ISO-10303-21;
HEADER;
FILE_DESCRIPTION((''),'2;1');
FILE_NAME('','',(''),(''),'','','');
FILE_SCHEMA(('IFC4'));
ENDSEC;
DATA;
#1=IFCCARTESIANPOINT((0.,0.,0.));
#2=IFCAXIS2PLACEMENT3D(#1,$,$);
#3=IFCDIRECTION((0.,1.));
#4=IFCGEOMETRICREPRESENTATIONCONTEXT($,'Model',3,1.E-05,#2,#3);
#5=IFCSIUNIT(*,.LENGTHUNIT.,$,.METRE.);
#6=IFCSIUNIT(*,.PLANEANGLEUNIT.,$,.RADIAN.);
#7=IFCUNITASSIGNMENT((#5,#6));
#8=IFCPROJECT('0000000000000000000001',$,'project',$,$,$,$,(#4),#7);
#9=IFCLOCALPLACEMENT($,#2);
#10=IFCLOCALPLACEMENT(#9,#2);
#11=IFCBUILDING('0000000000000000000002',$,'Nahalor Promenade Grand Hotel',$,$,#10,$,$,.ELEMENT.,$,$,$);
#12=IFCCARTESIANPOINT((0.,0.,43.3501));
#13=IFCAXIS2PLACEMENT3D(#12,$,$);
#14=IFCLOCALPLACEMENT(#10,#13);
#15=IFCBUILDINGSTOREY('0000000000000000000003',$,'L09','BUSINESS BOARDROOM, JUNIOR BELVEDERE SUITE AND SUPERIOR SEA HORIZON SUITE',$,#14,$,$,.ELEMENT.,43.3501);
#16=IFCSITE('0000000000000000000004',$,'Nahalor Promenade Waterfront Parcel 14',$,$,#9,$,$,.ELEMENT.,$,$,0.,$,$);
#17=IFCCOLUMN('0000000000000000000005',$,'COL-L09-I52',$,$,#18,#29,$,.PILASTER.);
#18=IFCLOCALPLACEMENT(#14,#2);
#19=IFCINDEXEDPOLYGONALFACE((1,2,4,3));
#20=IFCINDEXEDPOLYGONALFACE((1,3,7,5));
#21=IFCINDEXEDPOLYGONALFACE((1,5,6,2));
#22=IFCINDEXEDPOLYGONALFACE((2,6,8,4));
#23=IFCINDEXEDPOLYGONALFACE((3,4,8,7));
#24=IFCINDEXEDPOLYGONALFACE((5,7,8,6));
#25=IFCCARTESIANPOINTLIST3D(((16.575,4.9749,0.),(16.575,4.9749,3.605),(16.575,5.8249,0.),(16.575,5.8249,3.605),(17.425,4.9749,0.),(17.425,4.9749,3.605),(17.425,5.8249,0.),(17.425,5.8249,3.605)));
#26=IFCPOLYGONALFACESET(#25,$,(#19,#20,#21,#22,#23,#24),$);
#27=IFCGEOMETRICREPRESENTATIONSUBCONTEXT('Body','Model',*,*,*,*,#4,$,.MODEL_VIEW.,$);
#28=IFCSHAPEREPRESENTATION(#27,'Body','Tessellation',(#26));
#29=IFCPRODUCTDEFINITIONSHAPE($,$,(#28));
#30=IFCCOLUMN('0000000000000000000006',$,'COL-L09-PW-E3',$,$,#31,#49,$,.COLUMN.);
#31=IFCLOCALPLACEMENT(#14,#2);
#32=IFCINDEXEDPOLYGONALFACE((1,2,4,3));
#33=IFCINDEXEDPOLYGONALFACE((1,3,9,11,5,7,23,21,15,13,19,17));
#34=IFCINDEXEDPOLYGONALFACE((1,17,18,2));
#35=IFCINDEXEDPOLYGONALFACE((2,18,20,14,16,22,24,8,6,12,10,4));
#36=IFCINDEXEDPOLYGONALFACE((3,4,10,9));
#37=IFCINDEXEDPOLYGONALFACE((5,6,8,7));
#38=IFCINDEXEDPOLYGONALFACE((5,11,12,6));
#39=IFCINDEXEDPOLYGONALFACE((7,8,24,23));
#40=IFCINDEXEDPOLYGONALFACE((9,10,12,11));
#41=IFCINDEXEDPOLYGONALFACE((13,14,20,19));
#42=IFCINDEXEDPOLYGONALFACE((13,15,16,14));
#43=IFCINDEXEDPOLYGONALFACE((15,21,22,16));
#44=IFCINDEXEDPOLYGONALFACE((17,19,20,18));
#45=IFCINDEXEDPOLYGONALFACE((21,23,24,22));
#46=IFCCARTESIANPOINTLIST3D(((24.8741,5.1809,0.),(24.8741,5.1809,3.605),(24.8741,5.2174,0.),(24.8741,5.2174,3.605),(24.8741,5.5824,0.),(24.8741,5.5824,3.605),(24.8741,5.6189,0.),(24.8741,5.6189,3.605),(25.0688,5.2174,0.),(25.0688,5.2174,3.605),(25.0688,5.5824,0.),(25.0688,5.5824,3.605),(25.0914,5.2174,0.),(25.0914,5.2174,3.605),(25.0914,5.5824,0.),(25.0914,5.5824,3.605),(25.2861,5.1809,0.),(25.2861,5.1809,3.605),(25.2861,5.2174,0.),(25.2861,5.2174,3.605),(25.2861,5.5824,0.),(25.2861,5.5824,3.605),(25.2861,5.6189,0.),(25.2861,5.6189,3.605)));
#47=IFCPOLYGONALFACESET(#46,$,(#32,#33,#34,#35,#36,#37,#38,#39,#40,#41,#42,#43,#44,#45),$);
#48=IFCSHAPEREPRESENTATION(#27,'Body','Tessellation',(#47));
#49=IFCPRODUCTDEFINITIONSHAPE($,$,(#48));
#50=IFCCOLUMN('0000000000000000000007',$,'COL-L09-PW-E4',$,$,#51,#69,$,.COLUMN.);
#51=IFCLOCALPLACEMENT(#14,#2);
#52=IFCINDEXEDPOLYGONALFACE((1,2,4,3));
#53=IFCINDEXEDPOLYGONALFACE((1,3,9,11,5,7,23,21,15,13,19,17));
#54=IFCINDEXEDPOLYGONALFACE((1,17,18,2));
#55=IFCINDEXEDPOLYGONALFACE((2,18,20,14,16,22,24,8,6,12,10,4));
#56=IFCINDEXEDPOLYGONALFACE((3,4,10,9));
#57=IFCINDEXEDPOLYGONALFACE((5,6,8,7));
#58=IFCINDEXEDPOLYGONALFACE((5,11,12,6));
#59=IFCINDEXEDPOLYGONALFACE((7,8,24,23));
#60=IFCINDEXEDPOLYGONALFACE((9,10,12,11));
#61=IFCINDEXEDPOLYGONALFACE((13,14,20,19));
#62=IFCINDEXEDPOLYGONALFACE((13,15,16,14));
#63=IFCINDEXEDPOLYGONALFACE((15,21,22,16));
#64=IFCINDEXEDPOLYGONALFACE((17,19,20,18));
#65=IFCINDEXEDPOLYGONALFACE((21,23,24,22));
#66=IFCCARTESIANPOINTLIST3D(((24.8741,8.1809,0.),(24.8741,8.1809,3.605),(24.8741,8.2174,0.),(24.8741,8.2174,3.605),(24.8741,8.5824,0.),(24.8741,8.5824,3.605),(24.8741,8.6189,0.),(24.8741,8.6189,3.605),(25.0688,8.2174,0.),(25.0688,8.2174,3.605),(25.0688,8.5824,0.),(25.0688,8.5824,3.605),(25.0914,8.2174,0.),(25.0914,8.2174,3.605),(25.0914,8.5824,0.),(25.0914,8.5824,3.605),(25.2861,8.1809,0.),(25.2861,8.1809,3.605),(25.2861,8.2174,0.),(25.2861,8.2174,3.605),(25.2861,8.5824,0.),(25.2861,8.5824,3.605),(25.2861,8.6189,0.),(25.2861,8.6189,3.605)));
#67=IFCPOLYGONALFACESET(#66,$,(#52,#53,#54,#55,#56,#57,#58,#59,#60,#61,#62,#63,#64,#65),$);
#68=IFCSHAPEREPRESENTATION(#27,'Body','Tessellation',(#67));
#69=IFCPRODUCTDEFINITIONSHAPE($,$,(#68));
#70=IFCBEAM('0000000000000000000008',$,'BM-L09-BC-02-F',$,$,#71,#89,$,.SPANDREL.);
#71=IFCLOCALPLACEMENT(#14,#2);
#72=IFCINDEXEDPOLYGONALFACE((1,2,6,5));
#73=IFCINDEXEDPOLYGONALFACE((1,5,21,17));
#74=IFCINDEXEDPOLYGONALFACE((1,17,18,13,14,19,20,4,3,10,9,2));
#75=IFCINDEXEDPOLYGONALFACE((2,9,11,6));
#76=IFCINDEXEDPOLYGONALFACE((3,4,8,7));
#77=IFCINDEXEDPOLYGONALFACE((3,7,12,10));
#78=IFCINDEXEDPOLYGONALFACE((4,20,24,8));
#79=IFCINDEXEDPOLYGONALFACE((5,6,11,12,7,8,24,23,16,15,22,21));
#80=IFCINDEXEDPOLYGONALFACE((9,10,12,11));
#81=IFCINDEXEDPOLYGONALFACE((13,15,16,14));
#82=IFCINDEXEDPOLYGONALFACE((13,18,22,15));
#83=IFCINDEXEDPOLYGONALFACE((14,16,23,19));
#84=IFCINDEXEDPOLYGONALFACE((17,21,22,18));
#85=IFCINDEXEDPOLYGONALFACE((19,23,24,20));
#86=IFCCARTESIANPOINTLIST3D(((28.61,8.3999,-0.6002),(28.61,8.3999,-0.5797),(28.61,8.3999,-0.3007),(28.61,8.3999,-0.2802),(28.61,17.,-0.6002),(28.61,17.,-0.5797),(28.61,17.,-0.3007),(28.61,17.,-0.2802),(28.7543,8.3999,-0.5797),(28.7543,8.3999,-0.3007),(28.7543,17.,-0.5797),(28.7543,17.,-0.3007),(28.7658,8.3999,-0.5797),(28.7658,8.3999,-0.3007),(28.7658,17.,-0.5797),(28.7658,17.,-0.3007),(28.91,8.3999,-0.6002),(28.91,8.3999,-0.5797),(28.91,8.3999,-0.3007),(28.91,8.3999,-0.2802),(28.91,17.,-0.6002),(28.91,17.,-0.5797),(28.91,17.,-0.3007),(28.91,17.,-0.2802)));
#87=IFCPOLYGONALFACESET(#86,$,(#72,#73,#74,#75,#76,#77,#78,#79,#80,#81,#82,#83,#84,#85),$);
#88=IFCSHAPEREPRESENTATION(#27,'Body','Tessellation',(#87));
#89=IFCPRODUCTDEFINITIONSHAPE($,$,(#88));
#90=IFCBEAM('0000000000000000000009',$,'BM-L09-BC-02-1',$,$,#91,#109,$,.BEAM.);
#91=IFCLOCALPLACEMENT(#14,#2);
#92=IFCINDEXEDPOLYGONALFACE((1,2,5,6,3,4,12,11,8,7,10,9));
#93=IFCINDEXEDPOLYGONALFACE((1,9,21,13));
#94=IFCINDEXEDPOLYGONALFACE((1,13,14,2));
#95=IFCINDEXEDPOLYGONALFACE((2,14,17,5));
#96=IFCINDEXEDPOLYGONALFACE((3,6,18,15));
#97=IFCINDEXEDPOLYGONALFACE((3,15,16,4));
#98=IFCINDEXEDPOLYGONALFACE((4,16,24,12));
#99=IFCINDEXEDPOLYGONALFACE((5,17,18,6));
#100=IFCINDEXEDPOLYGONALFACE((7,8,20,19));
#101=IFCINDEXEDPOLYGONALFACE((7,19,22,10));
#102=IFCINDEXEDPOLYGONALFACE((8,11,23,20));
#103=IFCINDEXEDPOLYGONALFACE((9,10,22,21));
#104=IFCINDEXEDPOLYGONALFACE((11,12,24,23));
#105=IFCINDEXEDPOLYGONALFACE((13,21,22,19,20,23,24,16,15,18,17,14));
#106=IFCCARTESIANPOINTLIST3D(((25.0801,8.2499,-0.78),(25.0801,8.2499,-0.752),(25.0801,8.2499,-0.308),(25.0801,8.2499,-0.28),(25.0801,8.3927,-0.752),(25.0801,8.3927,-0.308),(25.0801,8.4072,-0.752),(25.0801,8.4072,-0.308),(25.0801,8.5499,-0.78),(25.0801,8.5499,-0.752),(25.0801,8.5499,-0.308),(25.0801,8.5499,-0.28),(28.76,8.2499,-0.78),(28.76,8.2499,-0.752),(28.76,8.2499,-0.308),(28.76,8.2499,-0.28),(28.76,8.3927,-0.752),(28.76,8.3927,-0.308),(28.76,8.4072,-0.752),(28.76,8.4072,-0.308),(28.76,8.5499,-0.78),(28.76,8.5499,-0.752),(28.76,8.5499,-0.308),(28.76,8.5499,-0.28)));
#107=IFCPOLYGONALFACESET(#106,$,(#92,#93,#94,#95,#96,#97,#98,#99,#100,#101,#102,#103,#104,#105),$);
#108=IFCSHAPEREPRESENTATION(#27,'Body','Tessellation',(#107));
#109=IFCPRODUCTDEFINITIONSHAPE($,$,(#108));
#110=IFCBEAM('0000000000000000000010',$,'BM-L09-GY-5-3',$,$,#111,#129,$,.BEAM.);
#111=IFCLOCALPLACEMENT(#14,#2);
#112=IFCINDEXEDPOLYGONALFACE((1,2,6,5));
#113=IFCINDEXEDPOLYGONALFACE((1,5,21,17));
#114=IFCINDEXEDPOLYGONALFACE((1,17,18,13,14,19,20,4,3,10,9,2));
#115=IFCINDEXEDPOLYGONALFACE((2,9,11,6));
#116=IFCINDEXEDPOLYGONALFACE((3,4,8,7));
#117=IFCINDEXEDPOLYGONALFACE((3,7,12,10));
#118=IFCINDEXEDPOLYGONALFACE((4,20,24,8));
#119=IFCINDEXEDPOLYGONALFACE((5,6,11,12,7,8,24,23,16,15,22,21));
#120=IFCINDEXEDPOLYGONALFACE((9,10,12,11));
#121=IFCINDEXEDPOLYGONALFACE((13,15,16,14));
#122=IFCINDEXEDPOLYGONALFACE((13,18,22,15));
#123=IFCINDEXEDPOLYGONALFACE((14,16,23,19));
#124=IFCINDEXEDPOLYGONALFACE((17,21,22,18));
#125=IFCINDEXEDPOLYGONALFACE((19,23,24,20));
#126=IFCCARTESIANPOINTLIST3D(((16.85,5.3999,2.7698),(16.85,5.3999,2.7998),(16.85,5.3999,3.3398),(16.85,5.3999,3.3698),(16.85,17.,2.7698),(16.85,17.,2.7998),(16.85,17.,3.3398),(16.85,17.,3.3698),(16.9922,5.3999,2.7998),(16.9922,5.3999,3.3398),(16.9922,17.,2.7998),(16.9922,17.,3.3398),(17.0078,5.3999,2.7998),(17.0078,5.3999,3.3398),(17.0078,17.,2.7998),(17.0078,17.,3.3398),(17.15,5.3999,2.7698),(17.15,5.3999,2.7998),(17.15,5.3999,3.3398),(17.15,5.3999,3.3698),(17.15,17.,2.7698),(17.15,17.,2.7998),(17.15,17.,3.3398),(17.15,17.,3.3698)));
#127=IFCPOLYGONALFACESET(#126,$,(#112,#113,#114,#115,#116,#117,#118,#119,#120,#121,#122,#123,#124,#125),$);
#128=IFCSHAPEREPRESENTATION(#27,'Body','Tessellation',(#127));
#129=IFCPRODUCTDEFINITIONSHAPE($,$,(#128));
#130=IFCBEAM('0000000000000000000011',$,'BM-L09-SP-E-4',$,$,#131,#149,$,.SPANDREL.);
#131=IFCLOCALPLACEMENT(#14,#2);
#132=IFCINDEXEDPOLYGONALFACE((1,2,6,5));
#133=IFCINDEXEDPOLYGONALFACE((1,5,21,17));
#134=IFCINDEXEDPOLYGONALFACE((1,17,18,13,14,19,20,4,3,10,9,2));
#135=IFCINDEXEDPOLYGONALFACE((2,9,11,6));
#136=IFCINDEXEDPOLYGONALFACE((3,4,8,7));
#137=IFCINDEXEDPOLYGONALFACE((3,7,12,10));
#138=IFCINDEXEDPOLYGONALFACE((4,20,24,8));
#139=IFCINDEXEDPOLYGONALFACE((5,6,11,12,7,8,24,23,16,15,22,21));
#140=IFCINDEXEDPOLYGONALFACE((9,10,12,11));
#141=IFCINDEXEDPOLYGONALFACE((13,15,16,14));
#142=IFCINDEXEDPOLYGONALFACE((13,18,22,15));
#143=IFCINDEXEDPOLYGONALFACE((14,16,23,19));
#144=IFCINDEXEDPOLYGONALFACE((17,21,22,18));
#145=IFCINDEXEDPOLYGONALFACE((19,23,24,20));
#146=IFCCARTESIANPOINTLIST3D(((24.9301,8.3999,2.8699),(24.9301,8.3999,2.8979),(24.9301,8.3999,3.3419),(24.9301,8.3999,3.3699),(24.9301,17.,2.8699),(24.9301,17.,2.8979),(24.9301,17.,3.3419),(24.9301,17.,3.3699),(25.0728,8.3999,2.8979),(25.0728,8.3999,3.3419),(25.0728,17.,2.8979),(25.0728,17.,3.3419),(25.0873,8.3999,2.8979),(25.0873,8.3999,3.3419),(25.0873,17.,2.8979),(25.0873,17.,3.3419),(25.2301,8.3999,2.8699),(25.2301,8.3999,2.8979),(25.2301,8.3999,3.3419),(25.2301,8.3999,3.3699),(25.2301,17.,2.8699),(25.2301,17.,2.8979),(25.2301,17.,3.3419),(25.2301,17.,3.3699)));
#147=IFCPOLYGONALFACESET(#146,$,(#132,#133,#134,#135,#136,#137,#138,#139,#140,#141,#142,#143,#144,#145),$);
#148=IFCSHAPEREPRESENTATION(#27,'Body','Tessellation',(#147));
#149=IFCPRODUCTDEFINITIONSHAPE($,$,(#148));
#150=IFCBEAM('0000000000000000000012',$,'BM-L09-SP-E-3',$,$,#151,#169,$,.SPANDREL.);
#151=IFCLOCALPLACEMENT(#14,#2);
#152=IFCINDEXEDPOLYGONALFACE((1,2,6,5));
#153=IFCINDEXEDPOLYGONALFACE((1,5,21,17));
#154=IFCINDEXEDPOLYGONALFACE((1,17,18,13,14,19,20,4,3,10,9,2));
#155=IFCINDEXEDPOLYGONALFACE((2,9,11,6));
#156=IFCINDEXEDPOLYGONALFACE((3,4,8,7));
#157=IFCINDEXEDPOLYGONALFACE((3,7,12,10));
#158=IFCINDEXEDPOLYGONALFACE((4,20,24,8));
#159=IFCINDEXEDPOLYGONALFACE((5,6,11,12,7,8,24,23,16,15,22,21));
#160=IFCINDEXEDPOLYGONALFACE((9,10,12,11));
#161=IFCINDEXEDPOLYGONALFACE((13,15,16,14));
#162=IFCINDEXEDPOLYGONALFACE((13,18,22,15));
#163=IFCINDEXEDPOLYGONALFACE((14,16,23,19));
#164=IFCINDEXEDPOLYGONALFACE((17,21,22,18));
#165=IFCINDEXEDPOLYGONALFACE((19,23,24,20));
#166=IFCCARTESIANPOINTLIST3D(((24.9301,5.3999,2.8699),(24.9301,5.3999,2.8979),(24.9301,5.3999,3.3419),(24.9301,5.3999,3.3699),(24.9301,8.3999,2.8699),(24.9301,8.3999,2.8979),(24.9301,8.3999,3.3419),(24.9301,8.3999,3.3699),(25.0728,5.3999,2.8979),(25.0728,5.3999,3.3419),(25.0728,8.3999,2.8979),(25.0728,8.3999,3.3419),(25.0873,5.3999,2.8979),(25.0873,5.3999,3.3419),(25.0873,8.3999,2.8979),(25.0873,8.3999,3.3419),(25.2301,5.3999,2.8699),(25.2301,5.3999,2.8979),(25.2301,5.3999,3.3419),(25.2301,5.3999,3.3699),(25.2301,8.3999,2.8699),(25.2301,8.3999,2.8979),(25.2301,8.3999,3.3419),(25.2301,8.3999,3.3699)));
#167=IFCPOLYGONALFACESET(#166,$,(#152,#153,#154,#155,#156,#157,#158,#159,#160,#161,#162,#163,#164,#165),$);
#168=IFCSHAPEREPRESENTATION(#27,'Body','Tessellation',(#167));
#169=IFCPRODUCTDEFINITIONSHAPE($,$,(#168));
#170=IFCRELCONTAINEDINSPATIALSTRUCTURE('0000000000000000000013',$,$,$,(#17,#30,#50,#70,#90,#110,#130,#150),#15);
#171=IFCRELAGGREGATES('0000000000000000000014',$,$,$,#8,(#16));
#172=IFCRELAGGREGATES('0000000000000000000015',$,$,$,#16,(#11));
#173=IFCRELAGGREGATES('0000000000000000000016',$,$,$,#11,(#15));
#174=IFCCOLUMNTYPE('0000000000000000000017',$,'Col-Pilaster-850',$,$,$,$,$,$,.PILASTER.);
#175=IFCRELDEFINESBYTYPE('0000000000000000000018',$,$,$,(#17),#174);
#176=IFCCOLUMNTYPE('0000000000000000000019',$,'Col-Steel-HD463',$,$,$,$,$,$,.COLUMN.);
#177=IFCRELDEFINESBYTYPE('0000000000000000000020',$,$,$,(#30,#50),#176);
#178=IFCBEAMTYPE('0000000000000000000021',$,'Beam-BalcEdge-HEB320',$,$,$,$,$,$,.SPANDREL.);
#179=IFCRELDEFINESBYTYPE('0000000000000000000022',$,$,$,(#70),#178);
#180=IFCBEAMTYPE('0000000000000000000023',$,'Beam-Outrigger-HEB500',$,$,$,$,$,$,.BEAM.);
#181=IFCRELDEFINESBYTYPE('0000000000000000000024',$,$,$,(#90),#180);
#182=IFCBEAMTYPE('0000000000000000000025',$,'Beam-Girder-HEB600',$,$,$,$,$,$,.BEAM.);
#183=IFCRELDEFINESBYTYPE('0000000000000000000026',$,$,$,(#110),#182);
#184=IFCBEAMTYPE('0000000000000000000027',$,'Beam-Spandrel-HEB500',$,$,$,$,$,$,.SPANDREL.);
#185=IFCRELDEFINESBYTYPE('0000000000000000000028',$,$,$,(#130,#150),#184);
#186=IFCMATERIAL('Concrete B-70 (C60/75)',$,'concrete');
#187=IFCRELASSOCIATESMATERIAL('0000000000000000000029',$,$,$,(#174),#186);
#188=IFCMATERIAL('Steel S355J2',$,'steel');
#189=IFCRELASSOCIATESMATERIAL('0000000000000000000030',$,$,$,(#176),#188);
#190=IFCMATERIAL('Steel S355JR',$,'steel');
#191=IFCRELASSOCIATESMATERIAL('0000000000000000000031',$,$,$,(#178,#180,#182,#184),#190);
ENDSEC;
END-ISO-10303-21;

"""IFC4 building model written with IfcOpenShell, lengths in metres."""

from ifc_helpers import new_model, si_unit, direction, frame, origin, origin_2d, place, context, subcontext, project, spatial, rectangle, i_section, extrude, source, transform, mapped, material, material_profile, profile_set, type_object, element, save


model = new_model("IFC4")

# Units and contexts
model_context = context("Model", 3, precision=1e-05, world=origin(), true_north=direction((0.0, 1.0)))
body_context = subcontext(model_context, "Body", "Model", "MODEL_VIEW")
ifc_project = project(units=[si_unit("LENGTHUNIT", "METRE"), si_unit("PLANEANGLEUNIT", "RADIAN")], contexts=[model_context])

# Site, building, storey
site_placement = place(None, origin())
site = spatial("IfcSite", under=ifc_project, at=site_placement, Name="Nahalor Promenade Waterfront Parcel 14", CompositionType="ELEMENT", RefElevation=0.0)
building_placement = place(site_placement, origin())
building = spatial("IfcBuilding", under=site, at=building_placement, Name="Nahalor Promenade Grand Hotel", CompositionType="ELEMENT")
storey_placement = place(building_placement, frame((0.0, 0.0, 43.3501)))
storey = spatial("IfcBuildingStorey", under=building, at=storey_placement, Name="L09", Description="BUSINESS BOARDROOM, JUNIOR BELVEDERE SUITE AND SUPERIOR SEA HORIZON SUITE", CompositionType="ELEMENT", Elevation=43.3501)

# Columns
ifc_material_1 = material(Name="Concrete B-70 (C60/75)", Category="concrete")
ifc_material_profile_1 = material_profile(ifc_material_1, rectangle(XDim=0.85, YDim=0.85, at=origin_2d()), Name="RC 850x850")
ifc_profile_set_1 = profile_set([ifc_material_profile_1], Name="Concrete B-70 (C60/75)")
column_type_1 = type_object("IfcColumnType", Name="Col-Pilaster-850", PredefinedType="PILASTER", material=ifc_profile_set_1)
shared_shape_1 = source(origin(), body_context, "Body", "SweptSolid", [
    extrude(rectangle(XDim=0.85, YDim=0.85, at=origin_2d()), origin(), (0.0, 0.0, 1.0), 3.605),
])
column_placement = place(storey_placement, frame((17.0, 5.3999, 0.0), z_axis=(0.0, 0.0, 1.0), x_axis=(1.0, 0.0, 0.0)))
element("IfcColumn", 1, at=column_placement, inside=storey, type_object=column_type_1, Name="COL-L09-I52", PredefinedType="PILASTER", context=body_context, shape_type="MappedRepresentation", body=[
    mapped(shared_shape_1, transform((0.0, 0.0, 0.0), scale=1.0)),
])
ifc_material_2 = material(Name="Steel S355J2", Category="steel")
ifc_material_profile_2 = material_profile(ifc_material_2, i_section(OverallWidth=0.412, OverallDepth=0.438, WebThickness=0.0226, FlangeThickness=0.0365, at=origin_2d()), Name="HD 400x463")
ifc_profile_set_2 = profile_set([ifc_material_profile_2], Name="Steel S355J2")
column_type_2 = type_object("IfcColumnType", Name="Col-Steel-HD463", PredefinedType="COLUMN", material=ifc_profile_set_2)
shared_shape_2 = source(origin(), body_context, "Body", "SweptSolid", [
    extrude(i_section(OverallWidth=0.412, OverallDepth=0.438, WebThickness=0.0226, FlangeThickness=0.0365, at=origin_2d()), origin(), (0.0, 0.0, 1.0), 3.605),
])
for number, where, z_axis, x_axis, name in (
    (2, (25.0801, 5.3999, 0.0), (0.0, 0.0, 1.0), (1.0, 0.0, 0.0), "COL-L09-PW-E3"),
    (3, (25.0801, 8.3999, 0.0), (0.0, 0.0, 1.0), (1.0, 0.0, 0.0), "COL-L09-PW-E4"),
):
    element("IfcColumn", number, at=place(storey_placement, frame(where, z_axis=z_axis, x_axis=x_axis)), inside=storey, type_object=column_type_2, Name=name, PredefinedType="COLUMN", context=body_context, shape_type="MappedRepresentation", body=[
        mapped(shared_shape_2, transform((0.0, 0.0, 0.0), scale=1.0)),
    ])

# Beams
ifc_material_3 = material(Name="Steel S355JR", Category="steel")
ifc_material_profile_3 = material_profile(ifc_material_3, i_section(OverallWidth=0.3, OverallDepth=0.32, WebThickness=0.0115, FlangeThickness=0.0205, at=origin_2d()), Name="HEB 320")
ifc_profile_set_3 = profile_set([ifc_material_profile_3], Name="Steel S355JR")
beam_type_1 = type_object("IfcBeamType", Name="Beam-BalcEdge-HEB320", PredefinedType="SPANDREL", material=ifc_profile_set_3)
shared_shape_3 = source(origin(), body_context, "Body", "SweptSolid", [
    extrude(i_section(OverallWidth=0.3, OverallDepth=0.32, WebThickness=0.0115, FlangeThickness=0.0205, at=origin_2d()), origin(), (0.0, 0.0, 1.0), 8.6001),
])
beam_1_placement = place(storey_placement, frame((28.76, 8.3999, -0.4402), z_axis=(0.0, 1.0, 0.0), x_axis=(-1.0, 0.0, 0.0)))
element("IfcBeam", 4, at=beam_1_placement, inside=storey, type_object=beam_type_1, Name="BM-L09-BC-02-F", PredefinedType="SPANDREL", context=body_context, shape_type="MappedRepresentation", body=[
    mapped(shared_shape_3, transform((0.0, 0.0, 0.0), scale=1.0)),
])
ifc_material_profile_4 = material_profile(ifc_material_3, i_section(OverallWidth=0.3, OverallDepth=0.5, WebThickness=0.0145, FlangeThickness=0.028, at=origin_2d()), Name="HEB 500")
ifc_profile_set_4 = profile_set([ifc_material_profile_4], Name="Steel S355JR")
beam_type_2 = type_object("IfcBeamType", Name="Beam-Outrigger-HEB500", PredefinedType="BEAM", material=ifc_profile_set_4)
shared_shape_4 = source(origin(), body_context, "Body", "SweptSolid", [
    extrude(i_section(OverallWidth=0.3, OverallDepth=0.5, WebThickness=0.0145, FlangeThickness=0.028, at=origin_2d()), origin(), (0.0, 0.0, 1.0), 3.6799),
])
beam_2_placement = place(storey_placement, frame((25.0801, 8.3999, -0.53), z_axis=(1.0, 0.0, 0.0), x_axis=(0.0, 1.0, 0.0)))
element("IfcBeam", 5, at=beam_2_placement, inside=storey, type_object=beam_type_2, Name="BM-L09-BC-02-1", PredefinedType="BEAM", context=body_context, shape_type="MappedRepresentation", body=[
    mapped(shared_shape_4, transform((0.0, 0.0, 0.0), scale=1.0)),
])
ifc_material_profile_5 = material_profile(ifc_material_3, i_section(OverallWidth=0.3, OverallDepth=0.6, WebThickness=0.0155, FlangeThickness=0.03, at=origin_2d()), Name="HEB 600")
ifc_profile_set_5 = profile_set([ifc_material_profile_5], Name="Steel S355JR")
beam_type_3 = type_object("IfcBeamType", Name="Beam-Girder-HEB600", PredefinedType="BEAM", material=ifc_profile_set_5)
shared_shape_5 = source(origin(), body_context, "Body", "SweptSolid", [
    extrude(i_section(OverallWidth=0.3, OverallDepth=0.6, WebThickness=0.0155, FlangeThickness=0.03, at=origin_2d()), origin(), (0.0, 0.0, 1.0), 11.6001),
])
beam_3_placement = place(storey_placement, frame((17.0, 5.3999, 3.0698), z_axis=(0.0, 1.0, 0.0), x_axis=(-1.0, 0.0, 0.0)))
element("IfcBeam", 6, at=beam_3_placement, inside=storey, type_object=beam_type_3, Name="BM-L09-GY-5-3", PredefinedType="BEAM", context=body_context, shape_type="MappedRepresentation", body=[
    mapped(shared_shape_5, transform((0.0, 0.0, 0.0), scale=1.0)),
])
ifc_material_profile_6 = material_profile(ifc_material_3, i_section(OverallWidth=0.3, OverallDepth=0.5, WebThickness=0.0145, FlangeThickness=0.028, at=origin_2d()), Name="HEB 500")
ifc_profile_set_6 = profile_set([ifc_material_profile_6], Name="Steel S355JR")
beam_type_4 = type_object("IfcBeamType", Name="Beam-Spandrel-HEB500", PredefinedType="SPANDREL", material=ifc_profile_set_6)
shared_shape_6 = source(origin(), body_context, "Body", "SweptSolid", [
    extrude(i_section(OverallWidth=0.3, OverallDepth=0.5, WebThickness=0.0145, FlangeThickness=0.028, at=origin_2d()), origin(), (0.0, 0.0, 1.0), 8.6001),
])
beam_4_placement = place(storey_placement, frame((25.0801, 8.3999, 3.1199), z_axis=(0.0, 1.0, 0.0), x_axis=(-1.0, 0.0, 0.0)))
element("IfcBeam", 7, at=beam_4_placement, inside=storey, type_object=beam_type_4, Name="BM-L09-SP-E-4", PredefinedType="SPANDREL", context=body_context, shape_type="MappedRepresentation", body=[
    mapped(shared_shape_6, transform((0.0, 0.0, 0.0), scale=1.0)),
])
shared_shape_7 = source(origin(), body_context, "Body", "SweptSolid", [
    extrude(i_section(OverallWidth=0.3, OverallDepth=0.5, WebThickness=0.0145, FlangeThickness=0.028, at=origin_2d()), origin(), (0.0, 0.0, 1.0), 3.0),
])
beam_5_placement = place(storey_placement, frame((25.0801, 5.3999, 3.1199), z_axis=(0.0, 1.0, 0.0), x_axis=(-1.0, 0.0, 0.0)))
element("IfcBeam", 8, at=beam_5_placement, inside=storey, type_object=beam_type_4, Name="BM-L09-SP-E-3", PredefinedType="SPANDREL", context=body_context, shape_type="MappedRepresentation", body=[
    mapped(shared_shape_7, transform((0.0, 0.0, 0.0), scale=1.0)),
])

save(model, "model.ifc")
